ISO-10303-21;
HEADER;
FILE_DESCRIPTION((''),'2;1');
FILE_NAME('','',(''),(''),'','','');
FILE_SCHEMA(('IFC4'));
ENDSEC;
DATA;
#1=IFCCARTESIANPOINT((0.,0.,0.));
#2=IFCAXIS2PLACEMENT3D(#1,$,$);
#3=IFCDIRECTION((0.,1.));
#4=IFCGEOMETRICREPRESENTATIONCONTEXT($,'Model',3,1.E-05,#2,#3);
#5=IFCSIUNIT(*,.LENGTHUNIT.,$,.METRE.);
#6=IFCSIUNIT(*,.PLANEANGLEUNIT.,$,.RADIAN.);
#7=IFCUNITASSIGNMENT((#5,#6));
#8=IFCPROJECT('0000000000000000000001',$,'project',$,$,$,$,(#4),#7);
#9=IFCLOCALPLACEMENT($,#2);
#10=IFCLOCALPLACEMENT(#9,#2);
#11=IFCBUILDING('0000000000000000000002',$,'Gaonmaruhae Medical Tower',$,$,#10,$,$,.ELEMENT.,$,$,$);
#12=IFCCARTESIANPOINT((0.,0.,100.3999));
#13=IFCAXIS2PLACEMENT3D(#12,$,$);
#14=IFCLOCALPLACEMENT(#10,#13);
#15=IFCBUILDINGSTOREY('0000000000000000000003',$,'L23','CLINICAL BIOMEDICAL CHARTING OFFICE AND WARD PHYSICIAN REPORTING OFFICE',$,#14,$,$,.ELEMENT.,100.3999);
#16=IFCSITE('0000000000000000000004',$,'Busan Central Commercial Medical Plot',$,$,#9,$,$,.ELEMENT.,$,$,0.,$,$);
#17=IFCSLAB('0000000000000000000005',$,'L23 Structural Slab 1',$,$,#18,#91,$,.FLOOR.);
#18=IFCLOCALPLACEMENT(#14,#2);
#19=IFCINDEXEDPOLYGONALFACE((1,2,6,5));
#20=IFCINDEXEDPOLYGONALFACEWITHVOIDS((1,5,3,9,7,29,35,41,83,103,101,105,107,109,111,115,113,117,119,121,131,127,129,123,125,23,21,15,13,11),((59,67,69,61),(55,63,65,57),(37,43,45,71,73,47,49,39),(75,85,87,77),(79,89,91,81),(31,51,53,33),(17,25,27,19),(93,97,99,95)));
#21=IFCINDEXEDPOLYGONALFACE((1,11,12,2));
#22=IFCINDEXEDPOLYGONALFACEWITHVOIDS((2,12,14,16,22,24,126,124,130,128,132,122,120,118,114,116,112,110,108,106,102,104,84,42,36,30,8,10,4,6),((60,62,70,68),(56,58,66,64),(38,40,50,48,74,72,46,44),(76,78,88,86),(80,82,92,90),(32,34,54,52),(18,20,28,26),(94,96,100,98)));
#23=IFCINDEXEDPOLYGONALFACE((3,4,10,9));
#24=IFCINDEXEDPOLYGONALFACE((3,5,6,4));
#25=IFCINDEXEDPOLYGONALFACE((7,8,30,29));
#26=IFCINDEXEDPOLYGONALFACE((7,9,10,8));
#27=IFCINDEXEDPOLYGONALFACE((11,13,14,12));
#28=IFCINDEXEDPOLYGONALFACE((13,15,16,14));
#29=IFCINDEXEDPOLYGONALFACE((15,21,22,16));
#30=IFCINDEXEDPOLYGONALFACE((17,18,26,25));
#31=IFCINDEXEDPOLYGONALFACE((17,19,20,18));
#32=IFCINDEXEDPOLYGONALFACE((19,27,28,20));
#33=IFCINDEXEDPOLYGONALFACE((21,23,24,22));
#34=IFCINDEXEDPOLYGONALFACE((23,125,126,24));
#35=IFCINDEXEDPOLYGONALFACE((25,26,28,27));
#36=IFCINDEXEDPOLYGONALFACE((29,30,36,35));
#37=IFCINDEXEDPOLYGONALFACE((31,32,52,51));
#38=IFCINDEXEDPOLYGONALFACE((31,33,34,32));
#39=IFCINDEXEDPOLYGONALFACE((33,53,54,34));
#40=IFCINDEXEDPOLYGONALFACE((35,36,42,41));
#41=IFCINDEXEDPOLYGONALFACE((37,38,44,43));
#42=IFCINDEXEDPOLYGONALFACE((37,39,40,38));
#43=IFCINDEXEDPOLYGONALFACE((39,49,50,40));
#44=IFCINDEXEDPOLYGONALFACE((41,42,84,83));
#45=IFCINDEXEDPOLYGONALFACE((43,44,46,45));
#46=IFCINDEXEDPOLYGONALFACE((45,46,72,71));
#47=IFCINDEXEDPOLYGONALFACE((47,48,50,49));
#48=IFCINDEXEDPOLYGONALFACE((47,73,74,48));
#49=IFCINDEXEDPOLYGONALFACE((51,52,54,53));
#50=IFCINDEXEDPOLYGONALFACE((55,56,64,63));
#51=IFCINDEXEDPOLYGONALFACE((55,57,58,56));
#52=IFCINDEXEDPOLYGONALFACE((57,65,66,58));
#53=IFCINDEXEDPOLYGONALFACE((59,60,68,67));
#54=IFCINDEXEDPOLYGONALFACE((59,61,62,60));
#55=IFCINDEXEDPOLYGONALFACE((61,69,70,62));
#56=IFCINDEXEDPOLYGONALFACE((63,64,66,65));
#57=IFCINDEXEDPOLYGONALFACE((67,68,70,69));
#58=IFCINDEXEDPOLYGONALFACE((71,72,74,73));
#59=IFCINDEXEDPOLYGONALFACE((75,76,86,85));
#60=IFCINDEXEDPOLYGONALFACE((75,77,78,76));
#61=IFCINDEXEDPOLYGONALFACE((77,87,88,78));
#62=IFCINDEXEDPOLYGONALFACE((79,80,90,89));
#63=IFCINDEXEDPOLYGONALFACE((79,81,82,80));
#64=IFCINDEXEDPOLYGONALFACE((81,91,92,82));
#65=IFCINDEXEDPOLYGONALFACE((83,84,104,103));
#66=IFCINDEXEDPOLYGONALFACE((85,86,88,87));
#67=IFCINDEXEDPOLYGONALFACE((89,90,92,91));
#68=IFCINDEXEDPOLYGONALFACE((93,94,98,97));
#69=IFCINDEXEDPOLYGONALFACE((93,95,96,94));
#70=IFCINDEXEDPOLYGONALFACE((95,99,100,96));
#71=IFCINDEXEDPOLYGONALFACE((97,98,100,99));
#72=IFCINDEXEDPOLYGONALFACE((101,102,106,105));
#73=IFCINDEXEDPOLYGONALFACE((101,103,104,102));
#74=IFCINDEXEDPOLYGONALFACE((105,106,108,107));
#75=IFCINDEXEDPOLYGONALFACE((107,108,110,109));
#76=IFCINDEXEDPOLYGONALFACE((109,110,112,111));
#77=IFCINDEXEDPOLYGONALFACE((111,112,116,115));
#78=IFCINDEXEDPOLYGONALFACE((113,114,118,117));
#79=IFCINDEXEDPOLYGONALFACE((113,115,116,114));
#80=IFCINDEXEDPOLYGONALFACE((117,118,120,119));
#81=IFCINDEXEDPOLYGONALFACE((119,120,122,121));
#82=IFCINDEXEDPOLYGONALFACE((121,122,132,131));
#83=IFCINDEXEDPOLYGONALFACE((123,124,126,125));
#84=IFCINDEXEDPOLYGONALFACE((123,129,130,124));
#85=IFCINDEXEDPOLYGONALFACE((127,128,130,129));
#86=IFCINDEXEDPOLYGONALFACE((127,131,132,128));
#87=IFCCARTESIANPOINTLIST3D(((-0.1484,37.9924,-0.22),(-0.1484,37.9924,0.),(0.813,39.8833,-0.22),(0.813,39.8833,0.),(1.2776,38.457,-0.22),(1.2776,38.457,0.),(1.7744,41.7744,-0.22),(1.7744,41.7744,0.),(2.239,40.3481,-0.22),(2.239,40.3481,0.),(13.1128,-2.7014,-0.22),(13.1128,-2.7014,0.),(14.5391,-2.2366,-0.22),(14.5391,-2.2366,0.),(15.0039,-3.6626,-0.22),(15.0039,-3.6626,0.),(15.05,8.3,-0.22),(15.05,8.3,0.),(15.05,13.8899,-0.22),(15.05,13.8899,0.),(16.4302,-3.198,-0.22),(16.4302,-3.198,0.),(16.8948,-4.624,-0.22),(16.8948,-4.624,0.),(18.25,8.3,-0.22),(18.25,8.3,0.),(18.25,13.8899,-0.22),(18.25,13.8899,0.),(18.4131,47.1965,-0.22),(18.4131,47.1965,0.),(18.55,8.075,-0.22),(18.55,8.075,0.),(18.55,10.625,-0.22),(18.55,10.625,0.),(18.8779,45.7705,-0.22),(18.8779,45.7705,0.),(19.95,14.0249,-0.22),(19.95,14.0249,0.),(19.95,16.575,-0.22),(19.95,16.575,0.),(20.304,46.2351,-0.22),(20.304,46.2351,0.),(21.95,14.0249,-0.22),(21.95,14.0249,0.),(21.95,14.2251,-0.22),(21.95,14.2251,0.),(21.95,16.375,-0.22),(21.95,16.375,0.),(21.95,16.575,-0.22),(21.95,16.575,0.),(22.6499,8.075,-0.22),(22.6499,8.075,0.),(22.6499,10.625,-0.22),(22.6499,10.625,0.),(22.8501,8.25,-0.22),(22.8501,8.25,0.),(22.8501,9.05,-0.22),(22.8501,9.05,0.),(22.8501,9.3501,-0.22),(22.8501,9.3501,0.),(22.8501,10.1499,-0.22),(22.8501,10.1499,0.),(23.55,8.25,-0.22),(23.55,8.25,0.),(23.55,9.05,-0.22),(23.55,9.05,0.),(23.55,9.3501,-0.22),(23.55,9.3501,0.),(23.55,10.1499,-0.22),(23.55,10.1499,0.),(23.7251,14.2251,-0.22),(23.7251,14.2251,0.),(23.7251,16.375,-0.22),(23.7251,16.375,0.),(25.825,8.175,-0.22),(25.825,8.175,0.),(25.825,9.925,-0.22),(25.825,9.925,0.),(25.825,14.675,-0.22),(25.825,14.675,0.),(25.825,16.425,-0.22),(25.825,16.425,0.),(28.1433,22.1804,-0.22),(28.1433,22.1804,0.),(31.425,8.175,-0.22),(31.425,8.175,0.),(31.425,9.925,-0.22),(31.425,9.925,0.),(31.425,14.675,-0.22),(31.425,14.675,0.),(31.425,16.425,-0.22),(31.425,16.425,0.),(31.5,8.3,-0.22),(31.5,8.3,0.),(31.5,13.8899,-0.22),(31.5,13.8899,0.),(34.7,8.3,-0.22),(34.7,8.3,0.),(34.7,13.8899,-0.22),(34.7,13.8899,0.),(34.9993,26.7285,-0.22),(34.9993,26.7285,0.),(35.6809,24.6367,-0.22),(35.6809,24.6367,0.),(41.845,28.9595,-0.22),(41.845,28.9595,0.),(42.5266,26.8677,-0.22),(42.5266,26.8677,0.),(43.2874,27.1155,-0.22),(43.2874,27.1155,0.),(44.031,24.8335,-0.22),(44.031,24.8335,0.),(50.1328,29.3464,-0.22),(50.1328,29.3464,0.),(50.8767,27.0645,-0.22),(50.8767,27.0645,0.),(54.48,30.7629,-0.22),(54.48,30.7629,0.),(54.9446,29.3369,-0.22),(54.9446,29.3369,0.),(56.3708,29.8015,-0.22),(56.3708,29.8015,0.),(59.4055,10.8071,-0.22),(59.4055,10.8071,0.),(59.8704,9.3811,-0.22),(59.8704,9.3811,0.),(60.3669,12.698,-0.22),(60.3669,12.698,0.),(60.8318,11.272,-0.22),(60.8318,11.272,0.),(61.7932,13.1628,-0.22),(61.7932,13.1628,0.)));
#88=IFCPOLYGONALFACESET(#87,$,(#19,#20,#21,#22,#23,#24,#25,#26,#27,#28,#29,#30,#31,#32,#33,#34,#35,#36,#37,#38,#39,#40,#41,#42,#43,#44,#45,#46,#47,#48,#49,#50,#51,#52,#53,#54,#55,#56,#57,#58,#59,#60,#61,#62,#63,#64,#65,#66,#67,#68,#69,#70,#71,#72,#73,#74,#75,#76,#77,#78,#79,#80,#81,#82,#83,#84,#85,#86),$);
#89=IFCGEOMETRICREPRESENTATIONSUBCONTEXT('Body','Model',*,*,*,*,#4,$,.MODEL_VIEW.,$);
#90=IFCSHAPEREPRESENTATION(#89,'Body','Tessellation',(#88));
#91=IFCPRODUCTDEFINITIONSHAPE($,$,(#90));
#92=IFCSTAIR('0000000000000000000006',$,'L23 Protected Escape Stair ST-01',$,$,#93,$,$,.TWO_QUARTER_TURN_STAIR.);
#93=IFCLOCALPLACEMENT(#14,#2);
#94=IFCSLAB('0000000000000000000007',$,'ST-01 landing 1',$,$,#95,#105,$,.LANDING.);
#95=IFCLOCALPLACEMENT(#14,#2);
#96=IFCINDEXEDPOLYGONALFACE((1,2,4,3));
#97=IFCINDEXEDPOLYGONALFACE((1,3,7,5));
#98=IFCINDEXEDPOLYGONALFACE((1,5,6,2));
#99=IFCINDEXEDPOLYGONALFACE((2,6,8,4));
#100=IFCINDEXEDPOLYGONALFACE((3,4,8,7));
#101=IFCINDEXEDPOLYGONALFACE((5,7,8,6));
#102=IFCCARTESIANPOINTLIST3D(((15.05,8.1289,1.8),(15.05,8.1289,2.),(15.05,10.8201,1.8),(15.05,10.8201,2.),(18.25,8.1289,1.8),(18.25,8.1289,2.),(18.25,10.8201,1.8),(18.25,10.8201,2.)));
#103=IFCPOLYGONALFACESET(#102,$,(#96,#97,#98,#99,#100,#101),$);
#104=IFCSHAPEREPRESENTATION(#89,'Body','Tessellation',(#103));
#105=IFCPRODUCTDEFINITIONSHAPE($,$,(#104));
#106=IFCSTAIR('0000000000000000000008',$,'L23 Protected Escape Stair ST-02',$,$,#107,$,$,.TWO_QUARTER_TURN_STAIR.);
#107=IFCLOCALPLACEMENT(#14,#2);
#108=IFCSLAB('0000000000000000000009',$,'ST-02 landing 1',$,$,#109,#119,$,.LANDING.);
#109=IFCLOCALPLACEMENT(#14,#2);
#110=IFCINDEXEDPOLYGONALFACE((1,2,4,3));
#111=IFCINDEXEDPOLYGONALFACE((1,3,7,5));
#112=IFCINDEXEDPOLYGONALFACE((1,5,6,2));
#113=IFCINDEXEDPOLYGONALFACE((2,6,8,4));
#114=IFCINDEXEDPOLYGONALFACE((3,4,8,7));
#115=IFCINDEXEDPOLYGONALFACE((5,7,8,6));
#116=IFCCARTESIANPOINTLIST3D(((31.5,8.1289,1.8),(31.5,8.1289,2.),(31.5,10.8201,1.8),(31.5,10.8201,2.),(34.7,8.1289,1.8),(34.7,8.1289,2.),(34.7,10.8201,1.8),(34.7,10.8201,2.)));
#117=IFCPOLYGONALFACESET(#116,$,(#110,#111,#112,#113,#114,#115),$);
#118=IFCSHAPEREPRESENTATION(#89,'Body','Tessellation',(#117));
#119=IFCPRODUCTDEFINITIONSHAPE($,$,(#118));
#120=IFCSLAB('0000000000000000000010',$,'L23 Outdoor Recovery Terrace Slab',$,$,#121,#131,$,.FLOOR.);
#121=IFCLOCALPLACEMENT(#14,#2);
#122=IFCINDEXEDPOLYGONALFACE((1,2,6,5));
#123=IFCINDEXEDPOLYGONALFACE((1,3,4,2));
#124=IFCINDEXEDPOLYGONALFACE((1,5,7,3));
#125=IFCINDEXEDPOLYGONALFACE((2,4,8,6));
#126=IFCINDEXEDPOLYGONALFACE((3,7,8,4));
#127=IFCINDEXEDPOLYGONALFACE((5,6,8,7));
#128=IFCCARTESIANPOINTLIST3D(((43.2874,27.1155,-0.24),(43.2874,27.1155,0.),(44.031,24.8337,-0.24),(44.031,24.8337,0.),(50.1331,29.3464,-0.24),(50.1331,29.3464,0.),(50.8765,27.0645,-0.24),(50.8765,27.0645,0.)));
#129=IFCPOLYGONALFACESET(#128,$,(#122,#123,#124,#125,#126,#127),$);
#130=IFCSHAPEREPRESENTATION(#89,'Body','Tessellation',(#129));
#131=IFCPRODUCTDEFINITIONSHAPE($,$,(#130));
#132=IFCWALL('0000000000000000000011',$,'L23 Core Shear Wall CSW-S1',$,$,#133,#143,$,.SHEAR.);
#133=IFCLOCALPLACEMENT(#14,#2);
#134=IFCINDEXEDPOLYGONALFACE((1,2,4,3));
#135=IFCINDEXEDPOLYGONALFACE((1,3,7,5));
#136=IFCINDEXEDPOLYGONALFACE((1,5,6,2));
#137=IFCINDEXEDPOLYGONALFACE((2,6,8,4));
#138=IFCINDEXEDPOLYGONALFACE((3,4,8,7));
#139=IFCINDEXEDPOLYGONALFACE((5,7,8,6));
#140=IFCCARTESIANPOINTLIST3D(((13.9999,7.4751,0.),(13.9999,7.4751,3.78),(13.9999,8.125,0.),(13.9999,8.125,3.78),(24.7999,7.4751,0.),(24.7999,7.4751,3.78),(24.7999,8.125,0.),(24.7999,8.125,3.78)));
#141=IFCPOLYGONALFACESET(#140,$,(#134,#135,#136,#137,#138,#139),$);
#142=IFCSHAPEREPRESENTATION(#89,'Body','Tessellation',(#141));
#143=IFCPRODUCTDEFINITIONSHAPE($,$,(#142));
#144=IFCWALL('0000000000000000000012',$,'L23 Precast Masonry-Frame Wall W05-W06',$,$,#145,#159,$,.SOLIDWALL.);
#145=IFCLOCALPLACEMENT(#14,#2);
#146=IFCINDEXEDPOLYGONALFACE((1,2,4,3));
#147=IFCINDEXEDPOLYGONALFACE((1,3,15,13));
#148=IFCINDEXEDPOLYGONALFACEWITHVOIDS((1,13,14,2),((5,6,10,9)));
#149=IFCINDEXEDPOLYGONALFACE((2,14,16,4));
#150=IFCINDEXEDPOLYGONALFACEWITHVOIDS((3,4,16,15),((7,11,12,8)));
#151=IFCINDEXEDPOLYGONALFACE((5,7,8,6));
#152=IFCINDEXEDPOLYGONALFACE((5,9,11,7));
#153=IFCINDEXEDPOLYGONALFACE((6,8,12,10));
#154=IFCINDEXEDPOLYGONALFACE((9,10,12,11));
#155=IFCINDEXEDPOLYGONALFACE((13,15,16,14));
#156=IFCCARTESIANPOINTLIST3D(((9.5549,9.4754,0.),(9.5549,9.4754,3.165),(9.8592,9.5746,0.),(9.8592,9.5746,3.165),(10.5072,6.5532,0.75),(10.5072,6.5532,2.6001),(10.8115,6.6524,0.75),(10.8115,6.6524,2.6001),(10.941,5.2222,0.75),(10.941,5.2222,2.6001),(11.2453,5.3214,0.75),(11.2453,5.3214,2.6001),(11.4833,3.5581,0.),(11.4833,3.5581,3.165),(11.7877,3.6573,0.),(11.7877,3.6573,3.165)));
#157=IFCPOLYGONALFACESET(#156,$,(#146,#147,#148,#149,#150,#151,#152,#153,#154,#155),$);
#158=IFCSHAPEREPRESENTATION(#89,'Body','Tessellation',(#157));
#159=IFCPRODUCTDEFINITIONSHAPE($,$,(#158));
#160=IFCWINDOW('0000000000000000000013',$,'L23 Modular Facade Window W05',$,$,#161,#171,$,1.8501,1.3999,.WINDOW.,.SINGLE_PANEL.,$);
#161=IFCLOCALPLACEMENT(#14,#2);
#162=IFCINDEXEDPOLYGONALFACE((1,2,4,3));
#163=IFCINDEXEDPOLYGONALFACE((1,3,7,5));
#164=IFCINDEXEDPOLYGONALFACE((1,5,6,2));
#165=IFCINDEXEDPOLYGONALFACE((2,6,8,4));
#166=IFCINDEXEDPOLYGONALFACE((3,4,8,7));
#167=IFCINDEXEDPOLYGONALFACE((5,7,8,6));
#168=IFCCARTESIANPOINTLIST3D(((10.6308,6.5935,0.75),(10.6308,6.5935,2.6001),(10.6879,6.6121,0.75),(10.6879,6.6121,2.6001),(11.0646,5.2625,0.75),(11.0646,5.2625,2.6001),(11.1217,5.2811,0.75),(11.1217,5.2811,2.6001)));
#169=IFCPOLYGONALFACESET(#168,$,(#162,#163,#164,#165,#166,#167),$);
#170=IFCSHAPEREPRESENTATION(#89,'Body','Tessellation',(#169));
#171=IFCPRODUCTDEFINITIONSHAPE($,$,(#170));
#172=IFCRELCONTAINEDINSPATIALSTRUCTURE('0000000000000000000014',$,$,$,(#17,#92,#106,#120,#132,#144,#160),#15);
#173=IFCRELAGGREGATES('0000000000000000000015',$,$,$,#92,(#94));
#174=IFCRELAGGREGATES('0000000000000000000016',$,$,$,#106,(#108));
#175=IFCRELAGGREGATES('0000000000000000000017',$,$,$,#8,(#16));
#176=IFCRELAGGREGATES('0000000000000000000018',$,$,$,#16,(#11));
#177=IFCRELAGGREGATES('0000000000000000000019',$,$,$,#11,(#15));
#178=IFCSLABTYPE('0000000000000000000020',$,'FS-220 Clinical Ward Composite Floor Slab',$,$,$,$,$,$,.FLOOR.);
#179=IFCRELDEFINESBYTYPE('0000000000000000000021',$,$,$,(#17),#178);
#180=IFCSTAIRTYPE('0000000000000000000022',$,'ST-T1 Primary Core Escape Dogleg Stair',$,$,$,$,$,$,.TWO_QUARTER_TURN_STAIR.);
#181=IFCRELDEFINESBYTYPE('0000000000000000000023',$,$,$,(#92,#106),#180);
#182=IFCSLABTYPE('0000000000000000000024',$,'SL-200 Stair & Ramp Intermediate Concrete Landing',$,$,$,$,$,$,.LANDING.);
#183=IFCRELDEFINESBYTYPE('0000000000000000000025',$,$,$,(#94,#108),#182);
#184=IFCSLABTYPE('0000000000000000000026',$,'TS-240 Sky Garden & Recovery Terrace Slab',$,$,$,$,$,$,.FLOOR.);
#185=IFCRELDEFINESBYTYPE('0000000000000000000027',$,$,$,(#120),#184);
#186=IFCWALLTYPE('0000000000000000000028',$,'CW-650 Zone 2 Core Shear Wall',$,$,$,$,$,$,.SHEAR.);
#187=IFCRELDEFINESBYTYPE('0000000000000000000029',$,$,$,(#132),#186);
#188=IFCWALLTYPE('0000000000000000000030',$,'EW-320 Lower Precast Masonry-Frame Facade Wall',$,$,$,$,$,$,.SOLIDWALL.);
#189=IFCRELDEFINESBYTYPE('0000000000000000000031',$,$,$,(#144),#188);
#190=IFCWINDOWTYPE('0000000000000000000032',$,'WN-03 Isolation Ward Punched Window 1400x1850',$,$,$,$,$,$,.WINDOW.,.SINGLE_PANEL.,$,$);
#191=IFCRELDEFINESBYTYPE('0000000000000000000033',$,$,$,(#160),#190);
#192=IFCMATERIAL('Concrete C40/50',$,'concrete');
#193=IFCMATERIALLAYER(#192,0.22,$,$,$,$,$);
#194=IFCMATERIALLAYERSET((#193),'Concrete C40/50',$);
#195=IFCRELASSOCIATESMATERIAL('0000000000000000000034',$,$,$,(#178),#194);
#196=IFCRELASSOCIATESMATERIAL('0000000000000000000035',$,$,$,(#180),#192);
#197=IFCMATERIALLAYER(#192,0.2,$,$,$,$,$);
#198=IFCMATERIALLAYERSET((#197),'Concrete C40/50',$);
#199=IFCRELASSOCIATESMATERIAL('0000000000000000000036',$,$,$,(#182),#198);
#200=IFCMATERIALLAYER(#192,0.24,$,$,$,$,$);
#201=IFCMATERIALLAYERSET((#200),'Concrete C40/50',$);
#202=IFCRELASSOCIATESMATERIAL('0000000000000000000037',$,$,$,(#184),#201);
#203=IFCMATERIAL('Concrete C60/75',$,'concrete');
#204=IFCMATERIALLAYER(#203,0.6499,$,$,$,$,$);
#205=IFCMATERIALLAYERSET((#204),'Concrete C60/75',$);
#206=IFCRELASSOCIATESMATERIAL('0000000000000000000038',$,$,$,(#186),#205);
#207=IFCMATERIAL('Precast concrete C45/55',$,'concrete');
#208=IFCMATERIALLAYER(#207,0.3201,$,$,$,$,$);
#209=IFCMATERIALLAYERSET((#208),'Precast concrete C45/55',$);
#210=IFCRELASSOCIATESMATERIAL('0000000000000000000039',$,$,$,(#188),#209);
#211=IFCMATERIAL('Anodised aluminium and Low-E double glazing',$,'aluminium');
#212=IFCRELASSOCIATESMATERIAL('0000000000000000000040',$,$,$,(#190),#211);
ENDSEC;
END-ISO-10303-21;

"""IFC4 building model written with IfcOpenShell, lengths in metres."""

from ifc_helpers import new_model, si_unit, direction, frame, frame_2d, origin, place, context, subcontext, project, spatial, polyline, rectangle, outline, extrude, material, layer, layer_set, type_object, element, fill, aggregate, save


model = new_model("IFC4")

# Units and contexts
model_context = context("Model", 3, precision=1e-05, world=origin(), true_north=direction((0.0, 1.0)))
body_context = subcontext(model_context, "Body", "Model", "MODEL_VIEW")
ifc_project = project(units=[si_unit("LENGTHUNIT", "METRE"), si_unit("PLANEANGLEUNIT", "RADIAN")], contexts=[model_context])

# Site, building, storey
site_placement = place(None, origin())
site = spatial("IfcSite", under=ifc_project, at=site_placement, Name="Busan Central Commercial Medical Plot", CompositionType="ELEMENT", RefElevation=0.0)
building_placement = place(site_placement, origin())
building = spatial("IfcBuilding", under=site, at=building_placement, Name="Gaonmaruhae Medical Tower", CompositionType="ELEMENT")
storey_placement = place(building_placement, frame((0.0, 0.0, 100.3999)))
storey = spatial("IfcBuildingStorey", under=building, at=storey_placement, Name="L23", Description="CLINICAL BIOMEDICAL CHARTING OFFICE AND WARD PHYSICIAN REPORTING OFFICE", CompositionType="ELEMENT", Elevation=100.3999)

# Shared definitions
ifc_material_1 = material(Name="Concrete C60/75", Category="concrete")

# Slab
ifc_material_2 = material(Name="Concrete C40/50", Category="concrete")
ifc_layer_1 = layer(ifc_material_2, 0.22)
ifc_layer_set_1 = layer_set([ifc_layer_1], Name="Concrete C40/50")
slab_type_1 = type_object("IfcSlabType", Name="FS-220 Clinical Ward Composite Floor Slab", PredefinedType="FLOOR", material=ifc_layer_set_1)
slab_1_placement = place(storey_placement, frame((0.0, 0.0, -0.22)))
element("IfcSlab", 1, at=slab_1_placement, inside=storey, type_object=slab_type_1, Name="L23 Structural Slab 1", PredefinedType="FLOOR", context=body_context, shape_type="SweptSolid", body=[
    extrude(outline(polyline([(54.9446, 29.3369), (56.3708, 29.8015), (61.7932, 13.1628), (60.3669, 12.698), (60.8318, 11.272), (59.4055, 10.8071), (59.8704, 9.3811), (16.8948, -4.624), (16.4302, -3.198), (15.0039, -3.6626), (14.5391, -2.2366), (13.1128, -2.7014), (-0.1484, 37.9924), (1.2776, 38.457), (0.813, 39.8833), (2.239, 40.3481), (1.7744, 41.7744), (18.4131, 47.1965), (18.8779, 45.7705), (20.304, 46.2351), (28.1433, 22.1804), (35.6809, 24.6367), (34.9993, 26.7285), (41.845, 28.9595), (42.5266, 26.8677), (43.2874, 27.1155), (44.031, 24.8335), (50.8767, 27.0645), (50.1328, 29.3464), (54.48, 30.7629), (54.9446, 29.3369)]), holes=[polyline([(23.55, 8.25), (22.8501, 8.25), (22.8501, 9.05), (23.55, 9.05), (23.55, 8.25)]), polyline([(25.825, 9.925), (31.425, 9.925), (31.425, 8.175), (25.825, 8.175), (25.825, 9.925)]), polyline([(22.6499, 10.625), (22.6499, 8.075), (18.55, 8.075), (18.55, 10.625), (22.6499, 10.625)]), polyline([(23.55, 9.3501), (22.8501, 9.3501), (22.8501, 10.1499), (23.55, 10.1499), (23.55, 9.3501)]), polyline([(15.05, 13.8899), (18.25, 13.8899), (18.25, 8.3), (15.05, 8.3), (15.05, 13.8899)]), polyline([(31.5, 13.8899), (34.7, 13.8899), (34.7, 8.3), (31.5, 8.3), (31.5, 13.8899)]), polyline([(21.95, 14.2251), (21.95, 14.0249), (19.95, 14.0249), (19.95, 16.575), (21.95, 16.575), (21.95, 16.375), (23.7251, 16.375), (23.7251, 14.2251), (21.95, 14.2251)]), polyline([(25.825, 16.425), (31.425, 16.425), (31.425, 14.675), (25.825, 14.675), (25.825, 16.425)])]), origin(), (0.0, 0.0, 1.0), 0.22),
])

# Stairs, slabs
stair_type = type_object("IfcStairType", Name="ST-T1 Primary Core Escape Dogleg Stair", PredefinedType="TWO_QUARTER_TURN_STAIR", material=ifc_material_2)
stair_1_placement = place(storey_placement, origin())
stair_1 = element("IfcStair", 2, at=stair_1_placement, inside=storey, type_object=stair_type, Name="L23 Protected Escape Stair ST-01", PredefinedType="TWO_QUARTER_TURN_STAIR")
ifc_layer_2 = layer(ifc_material_2, 0.2)
ifc_layer_set_2 = layer_set([ifc_layer_2], Name="Concrete C40/50")
slab_type_2 = type_object("IfcSlabType", Name="SL-200 Stair & Ramp Intermediate Concrete Landing", PredefinedType="LANDING", material=ifc_layer_set_2)
slab_2_placement = place(storey_placement, frame((0.0, 0.0, 1.8)))
slab_2 = element("IfcSlab", 3, at=slab_2_placement, type_object=slab_type_2, Name="ST-01 landing 1", PredefinedType="LANDING", context=body_context, shape_type="SweptSolid", body=[
    extrude(outline(polyline([(15.05, 10.8201), (15.05, 8.1289), (18.25, 8.1289), (18.25, 10.8201), (15.05, 10.8201)])), origin(), (0.0, 0.0, 1.0), 0.2),
])
aggregate(stair_1, [slab_2])
stair_2_placement = place(storey_placement, origin())
stair_2 = element("IfcStair", 4, at=stair_2_placement, inside=storey, type_object=stair_type, Name="L23 Protected Escape Stair ST-02", PredefinedType="TWO_QUARTER_TURN_STAIR")
slab_3_placement = place(storey_placement, frame((0.0, 0.0, 1.8)))
slab_3 = element("IfcSlab", 5, at=slab_3_placement, type_object=slab_type_2, Name="ST-02 landing 1", PredefinedType="LANDING", context=body_context, shape_type="SweptSolid", body=[
    extrude(outline(polyline([(31.5, 10.8201), (31.5, 8.1289), (34.7, 8.1289), (34.7, 10.8201), (31.5, 10.8201)])), origin(), (0.0, 0.0, 1.0), 0.2),
])
aggregate(stair_2, [slab_3])

# Slab
ifc_layer_3 = layer(ifc_material_2, 0.24)
ifc_layer_set_3 = layer_set([ifc_layer_3], Name="Concrete C40/50")
slab_type_3 = type_object("IfcSlabType", Name="TS-240 Sky Garden & Recovery Terrace Slab", PredefinedType="FLOOR", material=ifc_layer_set_3)
slab_4_placement = place(storey_placement, frame((0.0, 0.0, -0.24)))
element("IfcSlab", 6, at=slab_4_placement, inside=storey, type_object=slab_type_3, Name="L23 Outdoor Recovery Terrace Slab", PredefinedType="FLOOR", context=body_context, shape_type="SweptSolid", body=[
    extrude(outline(polyline([(44.031, 24.8337), (50.8765, 27.0645), (50.1331, 29.3464), (43.2874, 27.1155), (44.031, 24.8337)])), origin(), (0.0, 0.0, 1.0), 0.24),
])

# Wall
ifc_layer_4 = layer(ifc_material_1, 0.6499)
ifc_layer_set_4 = layer_set([ifc_layer_4], Name="Concrete C60/75")
wall_type_1 = type_object("IfcWallType", Name="CW-650 Zone 2 Core Shear Wall", PredefinedType="SHEAR", material=ifc_layer_set_4)
wall_1_placement = place(storey_placement, frame((14.0, 7.8, 0.0), z_axis=(0.0, 0.0, 1.0), x_axis=(1.0, 0.0, 0.0)))
element("IfcWall", 7, at=wall_1_placement, inside=storey, type_object=wall_type_1, Name="L23 Core Shear Wall CSW-S1", PredefinedType="SHEAR", context=body_context, shape_type="SweptSolid", body=[
    extrude(rectangle(XDim=10.8, YDim=0.6499, at=frame_2d((5.3999, 0.0))), origin(), (0.0, 0.0, 1.0), 3.78),
])

# Wall, opening, window
ifc_material_3 = material(Name="Precast concrete C45/55", Category="concrete")
ifc_layer_5 = layer(ifc_material_3, 0.3201)
ifc_layer_set_5 = layer_set([ifc_layer_5], Name="Precast concrete C45/55")
wall_type_2 = type_object("IfcWallType", Name="EW-320 Lower Precast Masonry-Frame Facade Wall", PredefinedType="SOLIDWALL", material=ifc_layer_set_5)
wall_2_placement = place(storey_placement, frame((11.6355, 3.6077, 0.0), z_axis=(0.0, 0.0, 1.0), x_axis=(-0.309866, 0.95078, 0.0)))
wall_2 = element("IfcWall", 8, at=wall_2_placement, inside=storey, type_object=wall_type_2, Name="L23 Precast Masonry-Frame Wall W05-W06", PredefinedType="SOLIDWALL", context=body_context, shape_type="SweptSolid", body=[
    extrude(rectangle(XDim=6.2236, YDim=0.3201, at=frame_2d((3.1118, 0.0))), origin(), (0.0, 0.0, 1.0), 3.165),
])
opening_1_placement = place(wall_2_placement, frame((1.7502, 0.0, 0.75)))
opening_1 = element("IfcOpeningElement", 9, at=opening_1_placement, cuts=wall_2, PredefinedType="OPENING", context=body_context, shape_type="SweptSolid", body=[
    extrude(rectangle(XDim=1.3999, YDim=1.8501, at=frame_2d((0.7, 0.925))), frame((0.0, 0.1699, 0.0), z_axis=(0.0, -1.0, 0.0), x_axis=(1.0, 0.0, 0.0)), (0.0, 0.0, 1.0), 0.3401),
])
ifc_material_4 = material(Name="Anodised aluminium and Low-E double glazing", Category="aluminium")
window_type_1 = type_object("IfcWindowType", Name="WN-03 Isolation Ward Punched Window 1400x1850", PartitioningType="SINGLE_PANEL", PredefinedType="WINDOW", material=ifc_material_4)
window_1_placement = place(opening_1_placement, origin())
window_1 = element("IfcWindow", 10, at=window_1_placement, inside=storey, type_object=window_type_1, Name="L23 Modular Facade Window W05", OverallHeight=1.8501, OverallWidth=1.3999, PartitioningType="SINGLE_PANEL", PredefinedType="WINDOW", context=body_context, shape_type="SweptSolid", body=[
    extrude(rectangle(XDim=1.3999, YDim=1.8501, at=frame_2d((0.7, 0.925))), frame((0.0, 0.03, 0.0), z_axis=(0.0, -1.0, 0.0), x_axis=(1.0, 0.0, 0.0)), (0.0, 0.0, 1.0), 0.0601),
])
fill(opening_1, window_1)

save(model, "model.ifc")
